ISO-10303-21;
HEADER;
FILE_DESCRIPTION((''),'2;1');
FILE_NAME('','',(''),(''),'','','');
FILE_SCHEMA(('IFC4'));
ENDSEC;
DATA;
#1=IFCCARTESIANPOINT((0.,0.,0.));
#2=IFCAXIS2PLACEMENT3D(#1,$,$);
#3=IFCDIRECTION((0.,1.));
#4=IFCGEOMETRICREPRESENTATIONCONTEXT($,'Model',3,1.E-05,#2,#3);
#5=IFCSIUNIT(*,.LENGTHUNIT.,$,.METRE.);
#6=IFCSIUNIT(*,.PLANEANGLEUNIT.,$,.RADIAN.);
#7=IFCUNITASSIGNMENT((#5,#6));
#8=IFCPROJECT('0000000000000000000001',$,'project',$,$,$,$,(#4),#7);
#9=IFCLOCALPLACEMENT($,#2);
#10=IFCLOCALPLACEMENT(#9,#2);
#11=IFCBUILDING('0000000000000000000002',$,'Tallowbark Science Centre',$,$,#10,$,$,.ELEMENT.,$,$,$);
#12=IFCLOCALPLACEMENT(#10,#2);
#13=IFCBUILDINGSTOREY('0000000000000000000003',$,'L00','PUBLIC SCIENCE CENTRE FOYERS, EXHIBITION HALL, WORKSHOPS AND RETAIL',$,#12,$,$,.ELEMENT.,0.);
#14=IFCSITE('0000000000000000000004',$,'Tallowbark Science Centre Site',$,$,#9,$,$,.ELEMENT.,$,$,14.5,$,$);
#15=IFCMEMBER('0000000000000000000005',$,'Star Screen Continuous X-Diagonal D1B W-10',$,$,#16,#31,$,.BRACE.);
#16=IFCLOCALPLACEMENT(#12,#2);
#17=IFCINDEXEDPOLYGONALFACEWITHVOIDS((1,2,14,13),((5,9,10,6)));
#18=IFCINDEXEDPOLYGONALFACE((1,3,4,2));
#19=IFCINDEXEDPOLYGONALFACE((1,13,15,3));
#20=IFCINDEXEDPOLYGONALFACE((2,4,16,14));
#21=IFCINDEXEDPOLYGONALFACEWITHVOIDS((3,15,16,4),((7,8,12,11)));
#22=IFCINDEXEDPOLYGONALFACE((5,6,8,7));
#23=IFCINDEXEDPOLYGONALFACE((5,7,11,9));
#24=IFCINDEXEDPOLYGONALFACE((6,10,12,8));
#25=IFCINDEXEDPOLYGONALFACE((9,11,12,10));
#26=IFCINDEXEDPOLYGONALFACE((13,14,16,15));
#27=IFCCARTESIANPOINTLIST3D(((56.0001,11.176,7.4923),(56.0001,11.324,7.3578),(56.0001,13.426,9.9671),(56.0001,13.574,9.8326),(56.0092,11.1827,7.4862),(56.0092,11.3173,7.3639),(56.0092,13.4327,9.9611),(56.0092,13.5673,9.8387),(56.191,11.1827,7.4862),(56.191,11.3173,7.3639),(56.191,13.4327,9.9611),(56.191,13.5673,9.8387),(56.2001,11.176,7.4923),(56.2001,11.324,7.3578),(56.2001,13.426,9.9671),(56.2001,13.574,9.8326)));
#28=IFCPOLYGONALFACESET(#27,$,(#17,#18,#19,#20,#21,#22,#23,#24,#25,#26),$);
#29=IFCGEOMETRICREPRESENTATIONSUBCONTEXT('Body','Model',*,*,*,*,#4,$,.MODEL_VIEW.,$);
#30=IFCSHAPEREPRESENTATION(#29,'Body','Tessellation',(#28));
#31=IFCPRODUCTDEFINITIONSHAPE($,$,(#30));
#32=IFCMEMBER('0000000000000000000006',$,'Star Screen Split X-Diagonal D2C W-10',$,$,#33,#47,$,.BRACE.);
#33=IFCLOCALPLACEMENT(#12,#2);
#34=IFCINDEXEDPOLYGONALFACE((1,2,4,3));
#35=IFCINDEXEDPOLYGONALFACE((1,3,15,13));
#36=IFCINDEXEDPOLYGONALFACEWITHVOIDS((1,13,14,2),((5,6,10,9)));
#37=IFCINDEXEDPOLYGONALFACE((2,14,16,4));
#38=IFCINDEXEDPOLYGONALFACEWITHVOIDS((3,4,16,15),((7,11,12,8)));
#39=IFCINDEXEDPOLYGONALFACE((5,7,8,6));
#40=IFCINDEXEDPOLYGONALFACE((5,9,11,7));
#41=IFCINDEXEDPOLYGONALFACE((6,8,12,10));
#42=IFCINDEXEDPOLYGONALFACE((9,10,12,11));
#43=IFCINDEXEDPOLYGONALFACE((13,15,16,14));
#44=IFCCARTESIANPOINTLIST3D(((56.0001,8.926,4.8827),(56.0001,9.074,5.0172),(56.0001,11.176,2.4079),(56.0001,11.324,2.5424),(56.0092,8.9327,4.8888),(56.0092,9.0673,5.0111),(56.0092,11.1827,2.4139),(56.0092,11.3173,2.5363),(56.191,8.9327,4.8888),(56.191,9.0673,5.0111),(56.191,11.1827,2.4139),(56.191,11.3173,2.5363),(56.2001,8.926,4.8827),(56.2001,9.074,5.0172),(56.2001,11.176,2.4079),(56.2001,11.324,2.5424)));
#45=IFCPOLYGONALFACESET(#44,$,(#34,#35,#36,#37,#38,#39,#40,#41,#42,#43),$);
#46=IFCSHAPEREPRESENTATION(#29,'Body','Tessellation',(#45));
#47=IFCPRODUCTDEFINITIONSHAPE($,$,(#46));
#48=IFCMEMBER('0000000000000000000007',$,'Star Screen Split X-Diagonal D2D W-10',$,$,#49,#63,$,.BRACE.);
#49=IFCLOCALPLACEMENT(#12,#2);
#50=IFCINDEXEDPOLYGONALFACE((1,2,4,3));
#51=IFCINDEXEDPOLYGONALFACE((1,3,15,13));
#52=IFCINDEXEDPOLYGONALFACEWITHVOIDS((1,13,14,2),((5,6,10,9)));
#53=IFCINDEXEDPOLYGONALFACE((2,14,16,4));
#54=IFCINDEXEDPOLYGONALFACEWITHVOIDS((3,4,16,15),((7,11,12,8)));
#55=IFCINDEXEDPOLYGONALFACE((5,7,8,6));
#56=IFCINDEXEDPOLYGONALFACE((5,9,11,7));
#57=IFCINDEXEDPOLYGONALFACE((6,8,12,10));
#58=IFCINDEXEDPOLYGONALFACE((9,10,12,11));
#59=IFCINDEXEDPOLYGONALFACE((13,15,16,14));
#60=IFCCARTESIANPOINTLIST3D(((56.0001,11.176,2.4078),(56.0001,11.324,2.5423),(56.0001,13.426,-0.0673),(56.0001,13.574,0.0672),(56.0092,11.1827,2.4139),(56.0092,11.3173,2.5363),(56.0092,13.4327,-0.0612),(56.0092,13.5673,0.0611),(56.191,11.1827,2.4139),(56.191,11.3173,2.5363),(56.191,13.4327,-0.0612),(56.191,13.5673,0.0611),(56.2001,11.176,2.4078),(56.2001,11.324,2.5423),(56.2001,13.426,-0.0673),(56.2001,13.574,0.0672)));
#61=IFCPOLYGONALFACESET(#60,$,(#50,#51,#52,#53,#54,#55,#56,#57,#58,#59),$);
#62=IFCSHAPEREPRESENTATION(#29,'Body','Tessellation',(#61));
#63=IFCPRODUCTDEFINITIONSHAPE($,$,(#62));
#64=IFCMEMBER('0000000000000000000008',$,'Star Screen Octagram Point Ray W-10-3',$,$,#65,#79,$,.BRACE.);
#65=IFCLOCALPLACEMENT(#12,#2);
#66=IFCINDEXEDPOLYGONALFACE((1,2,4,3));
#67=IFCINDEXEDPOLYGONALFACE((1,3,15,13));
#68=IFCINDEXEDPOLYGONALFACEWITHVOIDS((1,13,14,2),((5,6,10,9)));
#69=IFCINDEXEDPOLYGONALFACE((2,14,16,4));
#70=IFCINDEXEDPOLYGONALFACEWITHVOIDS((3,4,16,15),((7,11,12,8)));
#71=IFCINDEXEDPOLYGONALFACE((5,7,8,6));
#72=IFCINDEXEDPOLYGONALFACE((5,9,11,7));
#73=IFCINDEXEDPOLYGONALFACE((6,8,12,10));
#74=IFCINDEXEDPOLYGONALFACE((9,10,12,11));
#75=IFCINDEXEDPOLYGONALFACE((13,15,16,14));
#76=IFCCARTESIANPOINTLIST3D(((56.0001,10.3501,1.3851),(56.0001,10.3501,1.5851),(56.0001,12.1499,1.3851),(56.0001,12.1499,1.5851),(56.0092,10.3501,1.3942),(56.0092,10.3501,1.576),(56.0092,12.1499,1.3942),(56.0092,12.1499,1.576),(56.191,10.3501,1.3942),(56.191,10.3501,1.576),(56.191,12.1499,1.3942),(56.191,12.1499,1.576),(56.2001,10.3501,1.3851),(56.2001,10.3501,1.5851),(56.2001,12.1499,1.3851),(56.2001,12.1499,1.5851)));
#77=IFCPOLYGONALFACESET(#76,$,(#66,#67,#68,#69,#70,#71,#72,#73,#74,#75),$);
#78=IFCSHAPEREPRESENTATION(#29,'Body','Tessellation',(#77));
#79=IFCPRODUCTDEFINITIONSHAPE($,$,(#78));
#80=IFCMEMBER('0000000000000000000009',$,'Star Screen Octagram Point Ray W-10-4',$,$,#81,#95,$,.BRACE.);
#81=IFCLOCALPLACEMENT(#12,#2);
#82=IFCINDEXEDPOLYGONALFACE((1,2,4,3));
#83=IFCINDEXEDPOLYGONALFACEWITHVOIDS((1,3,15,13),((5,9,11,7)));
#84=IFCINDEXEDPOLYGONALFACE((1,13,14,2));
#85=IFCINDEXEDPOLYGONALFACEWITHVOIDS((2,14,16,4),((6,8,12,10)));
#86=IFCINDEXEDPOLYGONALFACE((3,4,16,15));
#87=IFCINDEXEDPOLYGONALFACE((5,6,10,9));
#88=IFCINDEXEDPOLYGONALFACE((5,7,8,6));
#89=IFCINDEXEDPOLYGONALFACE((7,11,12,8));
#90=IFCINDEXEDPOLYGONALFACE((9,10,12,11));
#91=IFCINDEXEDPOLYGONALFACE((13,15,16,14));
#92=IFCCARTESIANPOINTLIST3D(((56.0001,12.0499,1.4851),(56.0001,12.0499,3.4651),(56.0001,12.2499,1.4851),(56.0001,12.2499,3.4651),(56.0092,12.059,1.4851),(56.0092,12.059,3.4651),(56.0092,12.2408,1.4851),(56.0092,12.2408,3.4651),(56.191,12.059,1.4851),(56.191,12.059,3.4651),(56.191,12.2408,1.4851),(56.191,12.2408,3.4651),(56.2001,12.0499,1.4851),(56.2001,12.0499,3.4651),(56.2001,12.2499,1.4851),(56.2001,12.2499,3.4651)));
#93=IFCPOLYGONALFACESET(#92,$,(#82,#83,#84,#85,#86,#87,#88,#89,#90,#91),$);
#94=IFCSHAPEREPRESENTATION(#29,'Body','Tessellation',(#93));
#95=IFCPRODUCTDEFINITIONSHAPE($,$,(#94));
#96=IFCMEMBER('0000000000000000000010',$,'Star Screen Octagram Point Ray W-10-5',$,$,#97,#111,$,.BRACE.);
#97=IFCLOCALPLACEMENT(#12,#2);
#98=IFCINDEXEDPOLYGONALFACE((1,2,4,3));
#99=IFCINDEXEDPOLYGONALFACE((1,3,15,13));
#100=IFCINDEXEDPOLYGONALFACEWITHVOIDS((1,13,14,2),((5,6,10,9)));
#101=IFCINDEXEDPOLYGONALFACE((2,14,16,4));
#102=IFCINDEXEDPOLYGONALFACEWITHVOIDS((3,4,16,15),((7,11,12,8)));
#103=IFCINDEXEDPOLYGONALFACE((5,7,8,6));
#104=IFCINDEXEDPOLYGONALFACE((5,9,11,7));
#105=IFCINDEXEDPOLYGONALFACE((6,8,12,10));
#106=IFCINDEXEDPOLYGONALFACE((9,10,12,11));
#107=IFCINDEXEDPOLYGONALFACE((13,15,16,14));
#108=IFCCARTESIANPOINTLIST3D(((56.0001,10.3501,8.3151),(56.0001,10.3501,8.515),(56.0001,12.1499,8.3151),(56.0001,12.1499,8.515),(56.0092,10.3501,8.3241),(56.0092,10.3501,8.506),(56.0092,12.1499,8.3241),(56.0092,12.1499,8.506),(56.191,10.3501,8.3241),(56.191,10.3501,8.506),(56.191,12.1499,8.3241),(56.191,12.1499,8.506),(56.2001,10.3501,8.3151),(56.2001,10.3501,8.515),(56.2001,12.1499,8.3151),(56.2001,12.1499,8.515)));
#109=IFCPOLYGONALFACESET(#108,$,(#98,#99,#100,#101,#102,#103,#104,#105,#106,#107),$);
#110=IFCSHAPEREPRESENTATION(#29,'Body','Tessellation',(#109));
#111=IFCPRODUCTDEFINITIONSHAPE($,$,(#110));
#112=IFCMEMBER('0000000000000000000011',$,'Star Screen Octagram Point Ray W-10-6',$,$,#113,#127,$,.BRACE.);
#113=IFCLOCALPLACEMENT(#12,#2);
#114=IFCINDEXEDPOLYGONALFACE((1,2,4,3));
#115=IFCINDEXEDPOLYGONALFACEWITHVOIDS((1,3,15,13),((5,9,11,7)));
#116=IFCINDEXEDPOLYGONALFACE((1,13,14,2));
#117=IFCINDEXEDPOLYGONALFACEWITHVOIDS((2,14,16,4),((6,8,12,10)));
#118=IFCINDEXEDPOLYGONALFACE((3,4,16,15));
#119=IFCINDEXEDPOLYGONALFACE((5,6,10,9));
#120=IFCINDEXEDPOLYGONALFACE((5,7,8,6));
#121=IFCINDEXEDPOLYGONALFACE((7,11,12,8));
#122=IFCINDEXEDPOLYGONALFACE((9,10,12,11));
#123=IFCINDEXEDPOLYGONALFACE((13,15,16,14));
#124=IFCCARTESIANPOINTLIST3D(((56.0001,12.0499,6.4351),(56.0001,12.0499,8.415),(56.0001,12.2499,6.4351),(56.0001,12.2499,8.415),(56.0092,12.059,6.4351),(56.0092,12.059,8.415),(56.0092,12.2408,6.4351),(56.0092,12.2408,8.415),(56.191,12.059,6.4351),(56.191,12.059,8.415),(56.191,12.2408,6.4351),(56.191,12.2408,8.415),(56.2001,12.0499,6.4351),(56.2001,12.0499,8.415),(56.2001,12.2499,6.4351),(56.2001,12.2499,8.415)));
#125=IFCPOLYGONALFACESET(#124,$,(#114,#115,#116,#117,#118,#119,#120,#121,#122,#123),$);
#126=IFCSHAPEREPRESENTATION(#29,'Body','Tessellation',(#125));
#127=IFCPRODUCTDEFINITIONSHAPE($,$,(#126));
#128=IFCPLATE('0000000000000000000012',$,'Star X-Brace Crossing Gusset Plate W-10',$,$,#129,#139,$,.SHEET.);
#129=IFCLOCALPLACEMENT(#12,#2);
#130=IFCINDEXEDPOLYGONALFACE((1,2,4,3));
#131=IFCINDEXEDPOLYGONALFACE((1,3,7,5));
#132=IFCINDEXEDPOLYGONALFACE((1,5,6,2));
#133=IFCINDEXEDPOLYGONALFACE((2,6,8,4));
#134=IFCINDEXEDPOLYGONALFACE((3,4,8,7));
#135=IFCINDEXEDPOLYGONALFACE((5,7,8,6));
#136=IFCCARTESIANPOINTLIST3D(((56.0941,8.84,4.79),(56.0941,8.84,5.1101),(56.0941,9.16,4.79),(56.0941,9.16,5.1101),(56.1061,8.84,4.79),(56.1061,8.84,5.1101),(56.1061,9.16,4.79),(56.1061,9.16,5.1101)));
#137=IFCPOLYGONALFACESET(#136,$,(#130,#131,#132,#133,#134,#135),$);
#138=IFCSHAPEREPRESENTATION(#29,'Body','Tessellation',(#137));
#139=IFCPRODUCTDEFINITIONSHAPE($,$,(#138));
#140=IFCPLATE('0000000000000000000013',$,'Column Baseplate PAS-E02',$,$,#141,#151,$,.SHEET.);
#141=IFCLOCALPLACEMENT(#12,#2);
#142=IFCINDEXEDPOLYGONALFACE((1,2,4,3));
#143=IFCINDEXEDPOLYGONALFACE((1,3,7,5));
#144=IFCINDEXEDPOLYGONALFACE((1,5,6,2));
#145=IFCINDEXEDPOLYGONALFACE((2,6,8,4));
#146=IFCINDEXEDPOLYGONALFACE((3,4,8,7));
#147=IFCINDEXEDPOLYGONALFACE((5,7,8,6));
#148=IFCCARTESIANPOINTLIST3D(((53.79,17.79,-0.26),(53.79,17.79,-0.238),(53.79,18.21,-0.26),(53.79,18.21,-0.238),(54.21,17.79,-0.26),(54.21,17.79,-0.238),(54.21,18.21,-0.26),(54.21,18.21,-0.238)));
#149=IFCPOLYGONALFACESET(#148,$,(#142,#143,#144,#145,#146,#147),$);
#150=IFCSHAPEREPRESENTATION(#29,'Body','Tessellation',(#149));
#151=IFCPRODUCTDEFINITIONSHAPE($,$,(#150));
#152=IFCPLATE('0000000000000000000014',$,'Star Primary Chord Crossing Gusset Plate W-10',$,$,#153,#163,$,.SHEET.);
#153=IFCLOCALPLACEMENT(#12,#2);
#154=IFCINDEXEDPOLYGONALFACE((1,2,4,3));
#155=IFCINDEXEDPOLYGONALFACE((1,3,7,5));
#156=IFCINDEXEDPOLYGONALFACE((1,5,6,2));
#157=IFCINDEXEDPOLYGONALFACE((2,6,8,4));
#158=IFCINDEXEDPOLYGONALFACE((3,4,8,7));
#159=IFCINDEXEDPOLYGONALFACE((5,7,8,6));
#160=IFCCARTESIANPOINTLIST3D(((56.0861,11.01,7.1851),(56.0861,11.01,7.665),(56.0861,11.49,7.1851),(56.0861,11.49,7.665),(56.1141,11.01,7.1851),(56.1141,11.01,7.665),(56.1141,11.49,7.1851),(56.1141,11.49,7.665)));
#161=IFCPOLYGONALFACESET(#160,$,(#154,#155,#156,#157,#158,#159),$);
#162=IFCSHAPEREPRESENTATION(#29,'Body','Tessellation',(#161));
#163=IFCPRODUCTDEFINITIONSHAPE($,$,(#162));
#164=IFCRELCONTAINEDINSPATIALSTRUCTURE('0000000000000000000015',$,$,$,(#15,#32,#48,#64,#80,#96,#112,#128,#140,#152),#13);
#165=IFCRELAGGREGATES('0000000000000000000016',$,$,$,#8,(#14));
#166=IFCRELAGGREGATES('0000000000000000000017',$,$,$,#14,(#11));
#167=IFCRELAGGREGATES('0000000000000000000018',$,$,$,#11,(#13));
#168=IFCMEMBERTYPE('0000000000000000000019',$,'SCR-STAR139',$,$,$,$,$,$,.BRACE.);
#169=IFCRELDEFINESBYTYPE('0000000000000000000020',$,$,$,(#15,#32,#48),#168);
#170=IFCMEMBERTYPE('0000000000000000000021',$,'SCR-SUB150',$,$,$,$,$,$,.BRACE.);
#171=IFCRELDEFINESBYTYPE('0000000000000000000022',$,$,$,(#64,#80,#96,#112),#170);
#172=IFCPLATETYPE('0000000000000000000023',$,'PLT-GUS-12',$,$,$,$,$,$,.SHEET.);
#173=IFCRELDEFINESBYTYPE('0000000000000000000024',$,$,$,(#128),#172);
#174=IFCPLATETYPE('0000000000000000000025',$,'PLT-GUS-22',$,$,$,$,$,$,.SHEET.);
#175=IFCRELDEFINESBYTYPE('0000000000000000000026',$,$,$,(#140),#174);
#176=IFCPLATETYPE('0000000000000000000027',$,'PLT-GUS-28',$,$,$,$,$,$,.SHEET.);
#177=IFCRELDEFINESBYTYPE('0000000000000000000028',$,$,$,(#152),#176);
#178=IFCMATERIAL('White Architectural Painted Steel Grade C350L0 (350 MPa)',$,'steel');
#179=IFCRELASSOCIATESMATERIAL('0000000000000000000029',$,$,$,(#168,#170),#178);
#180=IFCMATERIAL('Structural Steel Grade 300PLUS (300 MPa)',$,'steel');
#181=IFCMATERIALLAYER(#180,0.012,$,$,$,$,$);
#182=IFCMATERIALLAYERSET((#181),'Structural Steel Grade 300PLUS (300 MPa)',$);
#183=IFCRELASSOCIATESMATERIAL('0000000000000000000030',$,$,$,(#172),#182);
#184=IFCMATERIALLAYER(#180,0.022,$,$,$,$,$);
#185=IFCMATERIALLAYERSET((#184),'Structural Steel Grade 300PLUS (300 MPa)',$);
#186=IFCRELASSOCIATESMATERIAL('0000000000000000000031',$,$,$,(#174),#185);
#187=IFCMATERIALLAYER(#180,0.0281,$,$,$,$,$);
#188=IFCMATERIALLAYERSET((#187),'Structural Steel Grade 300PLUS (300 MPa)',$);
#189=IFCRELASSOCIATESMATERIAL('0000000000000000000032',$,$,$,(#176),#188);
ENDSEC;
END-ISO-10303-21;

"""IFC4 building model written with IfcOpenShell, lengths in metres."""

from ifc_helpers import new_model, si_unit, direction, frame, origin, origin_2d, place, context, subcontext, project, spatial, rectangle, hollow_rectangle, extrude, material, layer, layer_set, material_profile, profile_set, type_object, element, save


model = new_model("IFC4")

# Units and contexts
model_context = context("Model", 3, precision=1e-05, world=origin(), true_north=direction((0.0, 1.0)))
body_context = subcontext(model_context, "Body", "Model", "MODEL_VIEW")
ifc_project = project(units=[si_unit("LENGTHUNIT", "METRE"), si_unit("PLANEANGLEUNIT", "RADIAN")], contexts=[model_context])

# Site, building, storey
site_placement = place(None, origin())
site = spatial("IfcSite", under=ifc_project, at=site_placement, Name="Tallowbark Science Centre Site", CompositionType="ELEMENT", RefElevation=14.5)
building_placement = place(site_placement, origin())
building = spatial("IfcBuilding", under=site, at=building_placement, Name="Tallowbark Science Centre", CompositionType="ELEMENT")
storey_placement = place(building_placement, origin())
storey = spatial("IfcBuildingStorey", under=building, at=storey_placement, Name="L00", Description="PUBLIC SCIENCE CENTRE FOYERS, EXHIBITION HALL, WORKSHOPS AND RETAIL", CompositionType="ELEMENT", Elevation=0.0)

# Shared definitions
ifc_material_1 = material(Name="White Architectural Painted Steel Grade C350L0 (350 MPa)", Category="steel")
ifc_material_2 = material(Name="Structural Steel Grade 300PLUS (300 MPa)", Category="steel")

# Members
ifc_material_profile_1 = material_profile(ifc_material_1, hollow_rectangle(XDim=0.2, YDim=0.2, WallThickness=0.009, at=origin_2d()), Name="200x200x9.0SHS")
ifc_profile_set_1 = profile_set([ifc_material_profile_1], Name="White Architectural Painted Steel Grade C350L0 (350 MPa)")
member_type_1 = type_object("IfcMemberType", Name="SCR-STAR139", PredefinedType="BRACE", material=ifc_profile_set_1)
for number, where, z_axis, x_axis, name in (
    (1, (56.1001, 11.25, 7.425), (0.0, 0.672695, 0.73992), (-1.0, 0.0, 0.0), "Star Screen Continuous X-Diagonal D1B W-10"),
    (2, (56.1001, 9.0, 4.95), (0.0, 0.672695, -0.73992), (-1.0, 0.0, 0.0), "Star Screen Split X-Diagonal D2C W-10"),
):
    element("IfcMember", number, at=place(storey_placement, frame(where, z_axis=z_axis, x_axis=x_axis)), inside=storey, type_object=member_type_1, Name=name, PredefinedType="BRACE", context=body_context, shape_type="SweptSolid", body=[
        extrude(hollow_rectangle(XDim=0.2, YDim=0.2, WallThickness=0.009, at=origin_2d()), origin(), (0.0, 0.0, 1.0), 3.3447),
    ])
member_1_placement = place(storey_placement, frame((56.1001, 11.25, 2.4751), z_axis=(0.0, 0.672658, -0.739953), x_axis=(-1.0, 0.0, 0.0)))
element("IfcMember", 3, at=member_1_placement, inside=storey, type_object=member_type_1, Name="Star Screen Split X-Diagonal D2D W-10", PredefinedType="BRACE", context=body_context, shape_type="SweptSolid", body=[
    extrude(hollow_rectangle(XDim=0.2, YDim=0.2, WallThickness=0.009, at=origin_2d()), origin(), (0.0, 0.0, 1.0), 3.345),
])
ifc_material_profile_2 = material_profile(ifc_material_1, hollow_rectangle(XDim=0.2, YDim=0.2, WallThickness=0.009, at=origin_2d()), Name="200x200x9.0SHS")
ifc_profile_set_2 = profile_set([ifc_material_profile_2], Name="White Architectural Painted Steel Grade C350L0 (350 MPa)")
member_type_2 = type_object("IfcMemberType", Name="SCR-SUB150", PredefinedType="BRACE", material=ifc_profile_set_2)
member_2_placement = place(storey_placement, frame((56.1001, 12.1499, 1.4851), z_axis=(0.0, -1.0, 0.0), x_axis=(1.0, 0.0, 0.0)))
element("IfcMember", 4, at=member_2_placement, inside=storey, type_object=member_type_2, Name="Star Screen Octagram Point Ray W-10-3", PredefinedType="BRACE", context=body_context, shape_type="SweptSolid", body=[
    extrude(hollow_rectangle(XDim=0.2, YDim=0.2, WallThickness=0.009, at=origin_2d()), origin(), (0.0, 0.0, 1.0), 1.7998),
])
member_3_placement = place(storey_placement, frame((56.1001, 12.1499, 1.4851), z_axis=(0.0, 0.0, 1.0), x_axis=(1.0, 0.0, 0.0)))
element("IfcMember", 5, at=member_3_placement, inside=storey, type_object=member_type_2, Name="Star Screen Octagram Point Ray W-10-4", PredefinedType="BRACE", context=body_context, shape_type="SweptSolid", body=[
    extrude(hollow_rectangle(XDim=0.2, YDim=0.2, WallThickness=0.009, at=origin_2d()), origin(), (0.0, 0.0, 1.0), 1.98),
])
member_4_placement = place(storey_placement, frame((56.1001, 12.1499, 8.415), z_axis=(0.0, -1.0, 0.0), x_axis=(1.0, 0.0, 0.0)))
element("IfcMember", 6, at=member_4_placement, inside=storey, type_object=member_type_2, Name="Star Screen Octagram Point Ray W-10-5", PredefinedType="BRACE", context=body_context, shape_type="SweptSolid", body=[
    extrude(hollow_rectangle(XDim=0.2, YDim=0.2, WallThickness=0.009, at=origin_2d()), origin(), (0.0, 0.0, 1.0), 1.7998),
])
member_5_placement = place(storey_placement, frame((56.1001, 12.1499, 8.415), z_axis=(0.0, 0.0, -1.0), x_axis=(1.0, 0.0, 0.0)))
element("IfcMember", 7, at=member_5_placement, inside=storey, type_object=member_type_2, Name="Star Screen Octagram Point Ray W-10-6", PredefinedType="BRACE", context=body_context, shape_type="SweptSolid", body=[
    extrude(hollow_rectangle(XDim=0.2, YDim=0.2, WallThickness=0.009, at=origin_2d()), origin(), (0.0, 0.0, 1.0), 1.98),
])

# Plates
ifc_layer_1 = layer(ifc_material_2, 0.012)
ifc_layer_set_1 = layer_set([ifc_layer_1], Name="Structural Steel Grade 300PLUS (300 MPa)")
plate_type_1 = type_object("IfcPlateType", Name="PLT-GUS-12", PredefinedType="SHEET", material=ifc_layer_set_1)
plate_1_placement = place(storey_placement, frame((56.1001, 9.0, 4.79), z_axis=(0.0, 0.0, 1.0), x_axis=(0.0, 1.0, 0.0)))
element("IfcPlate", 8, at=plate_1_placement, inside=storey, type_object=plate_type_1, Name="Star X-Brace Crossing Gusset Plate W-10", PredefinedType="SHEET", context=body_context, shape_type="SweptSolid", body=[
    extrude(rectangle(XDim=0.3201, YDim=0.012, at=origin_2d()), origin(), (0.0, 0.0, 1.0), 0.3201),
])
ifc_layer_2 = layer(ifc_material_2, 0.022)
ifc_layer_set_2 = layer_set([ifc_layer_2], Name="Structural Steel Grade 300PLUS (300 MPa)")
plate_type_2 = type_object("IfcPlateType", Name="PLT-GUS-22", PredefinedType="SHEET", material=ifc_layer_set_2)
plate_2_placement = place(storey_placement, frame((54.0, 18.0, -0.26), z_axis=(0.0, 0.0, 1.0), x_axis=(1.0, 0.0, 0.0)))
element("IfcPlate", 9, at=plate_2_placement, inside=storey, type_object=plate_type_2, Name="Column Baseplate PAS-E02", PredefinedType="SHEET", context=body_context, shape_type="SweptSolid", body=[
    extrude(rectangle(XDim=0.4199, YDim=0.4199, at=origin_2d()), origin(), (0.0, 0.0, 1.0), 0.022),
])
ifc_layer_3 = layer(ifc_material_2, 0.0281)
ifc_layer_set_3 = layer_set([ifc_layer_3], Name="Structural Steel Grade 300PLUS (300 MPa)")
plate_type_3 = type_object("IfcPlateType", Name="PLT-GUS-28", PredefinedType="SHEET", material=ifc_layer_set_3)
plate_3_placement = place(storey_placement, frame((56.1001, 11.25, 7.1851), z_axis=(0.0, 0.0, 1.0), x_axis=(0.0, 1.0, 0.0)))
element("IfcPlate", 10, at=plate_3_placement, inside=storey, type_object=plate_type_3, Name="Star Primary Chord Crossing Gusset Plate W-10", PredefinedType="SHEET", context=body_context, shape_type="SweptSolid", body=[
    extrude(rectangle(XDim=0.48, YDim=0.0281, at=origin_2d()), origin(), (0.0, 0.0, 1.0), 0.48),
])

save(model, "model.ifc")
